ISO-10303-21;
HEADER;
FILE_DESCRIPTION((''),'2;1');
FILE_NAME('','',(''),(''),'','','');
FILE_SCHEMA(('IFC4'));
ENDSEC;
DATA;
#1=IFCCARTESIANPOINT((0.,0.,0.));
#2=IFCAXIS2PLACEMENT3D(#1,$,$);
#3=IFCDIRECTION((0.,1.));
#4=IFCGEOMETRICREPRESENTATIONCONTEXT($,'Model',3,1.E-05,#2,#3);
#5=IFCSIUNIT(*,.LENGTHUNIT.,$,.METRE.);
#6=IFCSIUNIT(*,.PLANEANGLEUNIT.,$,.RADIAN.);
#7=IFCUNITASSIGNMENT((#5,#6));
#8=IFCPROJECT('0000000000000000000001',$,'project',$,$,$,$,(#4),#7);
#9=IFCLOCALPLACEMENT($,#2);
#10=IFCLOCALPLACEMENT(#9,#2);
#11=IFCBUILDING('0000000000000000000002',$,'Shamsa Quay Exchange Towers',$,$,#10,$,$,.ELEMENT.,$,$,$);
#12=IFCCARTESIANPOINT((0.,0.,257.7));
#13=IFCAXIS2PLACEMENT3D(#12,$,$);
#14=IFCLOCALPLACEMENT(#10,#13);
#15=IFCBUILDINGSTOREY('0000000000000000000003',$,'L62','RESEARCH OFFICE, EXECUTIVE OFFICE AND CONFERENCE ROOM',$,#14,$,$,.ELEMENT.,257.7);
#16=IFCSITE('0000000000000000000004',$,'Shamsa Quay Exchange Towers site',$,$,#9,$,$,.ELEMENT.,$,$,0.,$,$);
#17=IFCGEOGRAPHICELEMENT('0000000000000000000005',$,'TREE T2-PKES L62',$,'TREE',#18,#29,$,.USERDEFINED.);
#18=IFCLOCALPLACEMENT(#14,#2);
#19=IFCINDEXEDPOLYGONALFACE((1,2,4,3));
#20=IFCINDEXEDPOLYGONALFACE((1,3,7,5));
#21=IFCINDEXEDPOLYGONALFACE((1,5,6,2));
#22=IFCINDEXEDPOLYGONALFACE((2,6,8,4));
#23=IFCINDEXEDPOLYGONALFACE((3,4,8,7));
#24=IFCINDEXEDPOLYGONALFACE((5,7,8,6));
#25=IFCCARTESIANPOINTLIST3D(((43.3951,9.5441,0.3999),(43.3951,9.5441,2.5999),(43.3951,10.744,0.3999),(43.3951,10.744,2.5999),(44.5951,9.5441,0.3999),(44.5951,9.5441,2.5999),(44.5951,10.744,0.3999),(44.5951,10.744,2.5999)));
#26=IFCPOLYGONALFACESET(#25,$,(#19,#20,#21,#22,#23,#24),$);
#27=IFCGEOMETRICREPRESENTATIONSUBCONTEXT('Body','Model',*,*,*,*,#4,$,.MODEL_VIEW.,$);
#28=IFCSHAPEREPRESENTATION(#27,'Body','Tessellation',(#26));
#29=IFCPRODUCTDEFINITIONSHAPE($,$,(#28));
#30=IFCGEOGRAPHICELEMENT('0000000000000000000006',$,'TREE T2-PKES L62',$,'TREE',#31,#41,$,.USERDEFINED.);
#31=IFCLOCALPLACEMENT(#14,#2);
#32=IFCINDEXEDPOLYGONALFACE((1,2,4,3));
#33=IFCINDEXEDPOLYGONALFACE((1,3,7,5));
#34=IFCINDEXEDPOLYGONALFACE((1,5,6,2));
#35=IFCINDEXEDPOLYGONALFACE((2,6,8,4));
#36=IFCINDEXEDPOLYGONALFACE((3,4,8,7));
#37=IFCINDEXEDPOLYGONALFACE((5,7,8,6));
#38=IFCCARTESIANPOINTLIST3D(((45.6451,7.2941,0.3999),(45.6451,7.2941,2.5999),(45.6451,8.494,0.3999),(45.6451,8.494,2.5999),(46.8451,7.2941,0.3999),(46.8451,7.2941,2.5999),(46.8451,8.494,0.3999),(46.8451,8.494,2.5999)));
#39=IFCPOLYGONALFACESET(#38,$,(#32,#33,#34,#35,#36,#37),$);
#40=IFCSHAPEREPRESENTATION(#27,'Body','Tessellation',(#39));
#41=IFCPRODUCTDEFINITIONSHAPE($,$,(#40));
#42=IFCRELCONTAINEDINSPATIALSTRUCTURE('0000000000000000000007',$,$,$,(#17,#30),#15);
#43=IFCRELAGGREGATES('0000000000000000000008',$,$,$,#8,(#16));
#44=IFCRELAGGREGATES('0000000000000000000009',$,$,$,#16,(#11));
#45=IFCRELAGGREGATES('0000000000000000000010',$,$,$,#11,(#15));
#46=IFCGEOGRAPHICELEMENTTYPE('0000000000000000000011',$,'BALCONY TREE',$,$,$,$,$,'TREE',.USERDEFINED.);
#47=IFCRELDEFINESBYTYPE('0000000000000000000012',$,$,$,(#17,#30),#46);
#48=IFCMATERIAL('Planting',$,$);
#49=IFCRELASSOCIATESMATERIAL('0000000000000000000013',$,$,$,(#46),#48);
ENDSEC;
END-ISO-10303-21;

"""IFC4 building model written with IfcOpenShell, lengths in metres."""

from ifc_helpers import new_model, si_unit, direction, frame, origin, origin_2d, place, context, subcontext, project, spatial, rectangle, extrude, material, type_object, element, save


model = new_model("IFC4")

# Units and contexts
model_context = context("Model", 3, precision=1e-05, world=origin(), true_north=direction((0.0, 1.0)))
body_context = subcontext(model_context, "Body", "Model", "MODEL_VIEW")
ifc_project = project(units=[si_unit("LENGTHUNIT", "METRE"), si_unit("PLANEANGLEUNIT", "RADIAN")], contexts=[model_context])

# Site, building, storey
site_placement = place(None, origin())
site = spatial("IfcSite", under=ifc_project, at=site_placement, Name="Shamsa Quay Exchange Towers site", CompositionType="ELEMENT", RefElevation=0.0)
building_placement = place(site_placement, origin())
building = spatial("IfcBuilding", under=site, at=building_placement, Name="Shamsa Quay Exchange Towers", CompositionType="ELEMENT")
storey_placement = place(building_placement, frame((0.0, 0.0, 257.7)))
storey = spatial("IfcBuildingStorey", under=building, at=storey_placement, Name="L62", Description="RESEARCH OFFICE, EXECUTIVE OFFICE AND CONFERENCE ROOM", CompositionType="ELEMENT", Elevation=257.7)

# Geographic elements
ifc_material_1 = material(Name="Planting")
geographic_element_type = type_object("IfcGeographicElementType", Name="BALCONY TREE", ElementType="TREE", PredefinedType="USERDEFINED", material=ifc_material_1)
for number, where, z_axis, x_axis, name in (
    (1, (43.9951, 10.144, 0.3999), (0.0, 0.0, 1.0), (0.0, 1.0, 0.0), "TREE T2-PKES L62"),
    (2, (46.2451, 7.894, 0.3999), (0.0, 0.0, 1.0), (0.0, 1.0, 0.0), "TREE T2-PKES L62"),
):
    element("IfcGeographicElement", number, at=place(storey_placement, frame(where, z_axis=z_axis, x_axis=x_axis)), inside=storey, type_object=geographic_element_type, Name=name, ObjectType="TREE", PredefinedType="USERDEFINED", context=body_context, shape_type="SweptSolid", body=[
        extrude(rectangle(XDim=1.2, YDim=1.2, at=origin_2d()), origin(), (0.0, 0.0, 1.0), 2.2),
    ])

save(model, "model.ifc")
